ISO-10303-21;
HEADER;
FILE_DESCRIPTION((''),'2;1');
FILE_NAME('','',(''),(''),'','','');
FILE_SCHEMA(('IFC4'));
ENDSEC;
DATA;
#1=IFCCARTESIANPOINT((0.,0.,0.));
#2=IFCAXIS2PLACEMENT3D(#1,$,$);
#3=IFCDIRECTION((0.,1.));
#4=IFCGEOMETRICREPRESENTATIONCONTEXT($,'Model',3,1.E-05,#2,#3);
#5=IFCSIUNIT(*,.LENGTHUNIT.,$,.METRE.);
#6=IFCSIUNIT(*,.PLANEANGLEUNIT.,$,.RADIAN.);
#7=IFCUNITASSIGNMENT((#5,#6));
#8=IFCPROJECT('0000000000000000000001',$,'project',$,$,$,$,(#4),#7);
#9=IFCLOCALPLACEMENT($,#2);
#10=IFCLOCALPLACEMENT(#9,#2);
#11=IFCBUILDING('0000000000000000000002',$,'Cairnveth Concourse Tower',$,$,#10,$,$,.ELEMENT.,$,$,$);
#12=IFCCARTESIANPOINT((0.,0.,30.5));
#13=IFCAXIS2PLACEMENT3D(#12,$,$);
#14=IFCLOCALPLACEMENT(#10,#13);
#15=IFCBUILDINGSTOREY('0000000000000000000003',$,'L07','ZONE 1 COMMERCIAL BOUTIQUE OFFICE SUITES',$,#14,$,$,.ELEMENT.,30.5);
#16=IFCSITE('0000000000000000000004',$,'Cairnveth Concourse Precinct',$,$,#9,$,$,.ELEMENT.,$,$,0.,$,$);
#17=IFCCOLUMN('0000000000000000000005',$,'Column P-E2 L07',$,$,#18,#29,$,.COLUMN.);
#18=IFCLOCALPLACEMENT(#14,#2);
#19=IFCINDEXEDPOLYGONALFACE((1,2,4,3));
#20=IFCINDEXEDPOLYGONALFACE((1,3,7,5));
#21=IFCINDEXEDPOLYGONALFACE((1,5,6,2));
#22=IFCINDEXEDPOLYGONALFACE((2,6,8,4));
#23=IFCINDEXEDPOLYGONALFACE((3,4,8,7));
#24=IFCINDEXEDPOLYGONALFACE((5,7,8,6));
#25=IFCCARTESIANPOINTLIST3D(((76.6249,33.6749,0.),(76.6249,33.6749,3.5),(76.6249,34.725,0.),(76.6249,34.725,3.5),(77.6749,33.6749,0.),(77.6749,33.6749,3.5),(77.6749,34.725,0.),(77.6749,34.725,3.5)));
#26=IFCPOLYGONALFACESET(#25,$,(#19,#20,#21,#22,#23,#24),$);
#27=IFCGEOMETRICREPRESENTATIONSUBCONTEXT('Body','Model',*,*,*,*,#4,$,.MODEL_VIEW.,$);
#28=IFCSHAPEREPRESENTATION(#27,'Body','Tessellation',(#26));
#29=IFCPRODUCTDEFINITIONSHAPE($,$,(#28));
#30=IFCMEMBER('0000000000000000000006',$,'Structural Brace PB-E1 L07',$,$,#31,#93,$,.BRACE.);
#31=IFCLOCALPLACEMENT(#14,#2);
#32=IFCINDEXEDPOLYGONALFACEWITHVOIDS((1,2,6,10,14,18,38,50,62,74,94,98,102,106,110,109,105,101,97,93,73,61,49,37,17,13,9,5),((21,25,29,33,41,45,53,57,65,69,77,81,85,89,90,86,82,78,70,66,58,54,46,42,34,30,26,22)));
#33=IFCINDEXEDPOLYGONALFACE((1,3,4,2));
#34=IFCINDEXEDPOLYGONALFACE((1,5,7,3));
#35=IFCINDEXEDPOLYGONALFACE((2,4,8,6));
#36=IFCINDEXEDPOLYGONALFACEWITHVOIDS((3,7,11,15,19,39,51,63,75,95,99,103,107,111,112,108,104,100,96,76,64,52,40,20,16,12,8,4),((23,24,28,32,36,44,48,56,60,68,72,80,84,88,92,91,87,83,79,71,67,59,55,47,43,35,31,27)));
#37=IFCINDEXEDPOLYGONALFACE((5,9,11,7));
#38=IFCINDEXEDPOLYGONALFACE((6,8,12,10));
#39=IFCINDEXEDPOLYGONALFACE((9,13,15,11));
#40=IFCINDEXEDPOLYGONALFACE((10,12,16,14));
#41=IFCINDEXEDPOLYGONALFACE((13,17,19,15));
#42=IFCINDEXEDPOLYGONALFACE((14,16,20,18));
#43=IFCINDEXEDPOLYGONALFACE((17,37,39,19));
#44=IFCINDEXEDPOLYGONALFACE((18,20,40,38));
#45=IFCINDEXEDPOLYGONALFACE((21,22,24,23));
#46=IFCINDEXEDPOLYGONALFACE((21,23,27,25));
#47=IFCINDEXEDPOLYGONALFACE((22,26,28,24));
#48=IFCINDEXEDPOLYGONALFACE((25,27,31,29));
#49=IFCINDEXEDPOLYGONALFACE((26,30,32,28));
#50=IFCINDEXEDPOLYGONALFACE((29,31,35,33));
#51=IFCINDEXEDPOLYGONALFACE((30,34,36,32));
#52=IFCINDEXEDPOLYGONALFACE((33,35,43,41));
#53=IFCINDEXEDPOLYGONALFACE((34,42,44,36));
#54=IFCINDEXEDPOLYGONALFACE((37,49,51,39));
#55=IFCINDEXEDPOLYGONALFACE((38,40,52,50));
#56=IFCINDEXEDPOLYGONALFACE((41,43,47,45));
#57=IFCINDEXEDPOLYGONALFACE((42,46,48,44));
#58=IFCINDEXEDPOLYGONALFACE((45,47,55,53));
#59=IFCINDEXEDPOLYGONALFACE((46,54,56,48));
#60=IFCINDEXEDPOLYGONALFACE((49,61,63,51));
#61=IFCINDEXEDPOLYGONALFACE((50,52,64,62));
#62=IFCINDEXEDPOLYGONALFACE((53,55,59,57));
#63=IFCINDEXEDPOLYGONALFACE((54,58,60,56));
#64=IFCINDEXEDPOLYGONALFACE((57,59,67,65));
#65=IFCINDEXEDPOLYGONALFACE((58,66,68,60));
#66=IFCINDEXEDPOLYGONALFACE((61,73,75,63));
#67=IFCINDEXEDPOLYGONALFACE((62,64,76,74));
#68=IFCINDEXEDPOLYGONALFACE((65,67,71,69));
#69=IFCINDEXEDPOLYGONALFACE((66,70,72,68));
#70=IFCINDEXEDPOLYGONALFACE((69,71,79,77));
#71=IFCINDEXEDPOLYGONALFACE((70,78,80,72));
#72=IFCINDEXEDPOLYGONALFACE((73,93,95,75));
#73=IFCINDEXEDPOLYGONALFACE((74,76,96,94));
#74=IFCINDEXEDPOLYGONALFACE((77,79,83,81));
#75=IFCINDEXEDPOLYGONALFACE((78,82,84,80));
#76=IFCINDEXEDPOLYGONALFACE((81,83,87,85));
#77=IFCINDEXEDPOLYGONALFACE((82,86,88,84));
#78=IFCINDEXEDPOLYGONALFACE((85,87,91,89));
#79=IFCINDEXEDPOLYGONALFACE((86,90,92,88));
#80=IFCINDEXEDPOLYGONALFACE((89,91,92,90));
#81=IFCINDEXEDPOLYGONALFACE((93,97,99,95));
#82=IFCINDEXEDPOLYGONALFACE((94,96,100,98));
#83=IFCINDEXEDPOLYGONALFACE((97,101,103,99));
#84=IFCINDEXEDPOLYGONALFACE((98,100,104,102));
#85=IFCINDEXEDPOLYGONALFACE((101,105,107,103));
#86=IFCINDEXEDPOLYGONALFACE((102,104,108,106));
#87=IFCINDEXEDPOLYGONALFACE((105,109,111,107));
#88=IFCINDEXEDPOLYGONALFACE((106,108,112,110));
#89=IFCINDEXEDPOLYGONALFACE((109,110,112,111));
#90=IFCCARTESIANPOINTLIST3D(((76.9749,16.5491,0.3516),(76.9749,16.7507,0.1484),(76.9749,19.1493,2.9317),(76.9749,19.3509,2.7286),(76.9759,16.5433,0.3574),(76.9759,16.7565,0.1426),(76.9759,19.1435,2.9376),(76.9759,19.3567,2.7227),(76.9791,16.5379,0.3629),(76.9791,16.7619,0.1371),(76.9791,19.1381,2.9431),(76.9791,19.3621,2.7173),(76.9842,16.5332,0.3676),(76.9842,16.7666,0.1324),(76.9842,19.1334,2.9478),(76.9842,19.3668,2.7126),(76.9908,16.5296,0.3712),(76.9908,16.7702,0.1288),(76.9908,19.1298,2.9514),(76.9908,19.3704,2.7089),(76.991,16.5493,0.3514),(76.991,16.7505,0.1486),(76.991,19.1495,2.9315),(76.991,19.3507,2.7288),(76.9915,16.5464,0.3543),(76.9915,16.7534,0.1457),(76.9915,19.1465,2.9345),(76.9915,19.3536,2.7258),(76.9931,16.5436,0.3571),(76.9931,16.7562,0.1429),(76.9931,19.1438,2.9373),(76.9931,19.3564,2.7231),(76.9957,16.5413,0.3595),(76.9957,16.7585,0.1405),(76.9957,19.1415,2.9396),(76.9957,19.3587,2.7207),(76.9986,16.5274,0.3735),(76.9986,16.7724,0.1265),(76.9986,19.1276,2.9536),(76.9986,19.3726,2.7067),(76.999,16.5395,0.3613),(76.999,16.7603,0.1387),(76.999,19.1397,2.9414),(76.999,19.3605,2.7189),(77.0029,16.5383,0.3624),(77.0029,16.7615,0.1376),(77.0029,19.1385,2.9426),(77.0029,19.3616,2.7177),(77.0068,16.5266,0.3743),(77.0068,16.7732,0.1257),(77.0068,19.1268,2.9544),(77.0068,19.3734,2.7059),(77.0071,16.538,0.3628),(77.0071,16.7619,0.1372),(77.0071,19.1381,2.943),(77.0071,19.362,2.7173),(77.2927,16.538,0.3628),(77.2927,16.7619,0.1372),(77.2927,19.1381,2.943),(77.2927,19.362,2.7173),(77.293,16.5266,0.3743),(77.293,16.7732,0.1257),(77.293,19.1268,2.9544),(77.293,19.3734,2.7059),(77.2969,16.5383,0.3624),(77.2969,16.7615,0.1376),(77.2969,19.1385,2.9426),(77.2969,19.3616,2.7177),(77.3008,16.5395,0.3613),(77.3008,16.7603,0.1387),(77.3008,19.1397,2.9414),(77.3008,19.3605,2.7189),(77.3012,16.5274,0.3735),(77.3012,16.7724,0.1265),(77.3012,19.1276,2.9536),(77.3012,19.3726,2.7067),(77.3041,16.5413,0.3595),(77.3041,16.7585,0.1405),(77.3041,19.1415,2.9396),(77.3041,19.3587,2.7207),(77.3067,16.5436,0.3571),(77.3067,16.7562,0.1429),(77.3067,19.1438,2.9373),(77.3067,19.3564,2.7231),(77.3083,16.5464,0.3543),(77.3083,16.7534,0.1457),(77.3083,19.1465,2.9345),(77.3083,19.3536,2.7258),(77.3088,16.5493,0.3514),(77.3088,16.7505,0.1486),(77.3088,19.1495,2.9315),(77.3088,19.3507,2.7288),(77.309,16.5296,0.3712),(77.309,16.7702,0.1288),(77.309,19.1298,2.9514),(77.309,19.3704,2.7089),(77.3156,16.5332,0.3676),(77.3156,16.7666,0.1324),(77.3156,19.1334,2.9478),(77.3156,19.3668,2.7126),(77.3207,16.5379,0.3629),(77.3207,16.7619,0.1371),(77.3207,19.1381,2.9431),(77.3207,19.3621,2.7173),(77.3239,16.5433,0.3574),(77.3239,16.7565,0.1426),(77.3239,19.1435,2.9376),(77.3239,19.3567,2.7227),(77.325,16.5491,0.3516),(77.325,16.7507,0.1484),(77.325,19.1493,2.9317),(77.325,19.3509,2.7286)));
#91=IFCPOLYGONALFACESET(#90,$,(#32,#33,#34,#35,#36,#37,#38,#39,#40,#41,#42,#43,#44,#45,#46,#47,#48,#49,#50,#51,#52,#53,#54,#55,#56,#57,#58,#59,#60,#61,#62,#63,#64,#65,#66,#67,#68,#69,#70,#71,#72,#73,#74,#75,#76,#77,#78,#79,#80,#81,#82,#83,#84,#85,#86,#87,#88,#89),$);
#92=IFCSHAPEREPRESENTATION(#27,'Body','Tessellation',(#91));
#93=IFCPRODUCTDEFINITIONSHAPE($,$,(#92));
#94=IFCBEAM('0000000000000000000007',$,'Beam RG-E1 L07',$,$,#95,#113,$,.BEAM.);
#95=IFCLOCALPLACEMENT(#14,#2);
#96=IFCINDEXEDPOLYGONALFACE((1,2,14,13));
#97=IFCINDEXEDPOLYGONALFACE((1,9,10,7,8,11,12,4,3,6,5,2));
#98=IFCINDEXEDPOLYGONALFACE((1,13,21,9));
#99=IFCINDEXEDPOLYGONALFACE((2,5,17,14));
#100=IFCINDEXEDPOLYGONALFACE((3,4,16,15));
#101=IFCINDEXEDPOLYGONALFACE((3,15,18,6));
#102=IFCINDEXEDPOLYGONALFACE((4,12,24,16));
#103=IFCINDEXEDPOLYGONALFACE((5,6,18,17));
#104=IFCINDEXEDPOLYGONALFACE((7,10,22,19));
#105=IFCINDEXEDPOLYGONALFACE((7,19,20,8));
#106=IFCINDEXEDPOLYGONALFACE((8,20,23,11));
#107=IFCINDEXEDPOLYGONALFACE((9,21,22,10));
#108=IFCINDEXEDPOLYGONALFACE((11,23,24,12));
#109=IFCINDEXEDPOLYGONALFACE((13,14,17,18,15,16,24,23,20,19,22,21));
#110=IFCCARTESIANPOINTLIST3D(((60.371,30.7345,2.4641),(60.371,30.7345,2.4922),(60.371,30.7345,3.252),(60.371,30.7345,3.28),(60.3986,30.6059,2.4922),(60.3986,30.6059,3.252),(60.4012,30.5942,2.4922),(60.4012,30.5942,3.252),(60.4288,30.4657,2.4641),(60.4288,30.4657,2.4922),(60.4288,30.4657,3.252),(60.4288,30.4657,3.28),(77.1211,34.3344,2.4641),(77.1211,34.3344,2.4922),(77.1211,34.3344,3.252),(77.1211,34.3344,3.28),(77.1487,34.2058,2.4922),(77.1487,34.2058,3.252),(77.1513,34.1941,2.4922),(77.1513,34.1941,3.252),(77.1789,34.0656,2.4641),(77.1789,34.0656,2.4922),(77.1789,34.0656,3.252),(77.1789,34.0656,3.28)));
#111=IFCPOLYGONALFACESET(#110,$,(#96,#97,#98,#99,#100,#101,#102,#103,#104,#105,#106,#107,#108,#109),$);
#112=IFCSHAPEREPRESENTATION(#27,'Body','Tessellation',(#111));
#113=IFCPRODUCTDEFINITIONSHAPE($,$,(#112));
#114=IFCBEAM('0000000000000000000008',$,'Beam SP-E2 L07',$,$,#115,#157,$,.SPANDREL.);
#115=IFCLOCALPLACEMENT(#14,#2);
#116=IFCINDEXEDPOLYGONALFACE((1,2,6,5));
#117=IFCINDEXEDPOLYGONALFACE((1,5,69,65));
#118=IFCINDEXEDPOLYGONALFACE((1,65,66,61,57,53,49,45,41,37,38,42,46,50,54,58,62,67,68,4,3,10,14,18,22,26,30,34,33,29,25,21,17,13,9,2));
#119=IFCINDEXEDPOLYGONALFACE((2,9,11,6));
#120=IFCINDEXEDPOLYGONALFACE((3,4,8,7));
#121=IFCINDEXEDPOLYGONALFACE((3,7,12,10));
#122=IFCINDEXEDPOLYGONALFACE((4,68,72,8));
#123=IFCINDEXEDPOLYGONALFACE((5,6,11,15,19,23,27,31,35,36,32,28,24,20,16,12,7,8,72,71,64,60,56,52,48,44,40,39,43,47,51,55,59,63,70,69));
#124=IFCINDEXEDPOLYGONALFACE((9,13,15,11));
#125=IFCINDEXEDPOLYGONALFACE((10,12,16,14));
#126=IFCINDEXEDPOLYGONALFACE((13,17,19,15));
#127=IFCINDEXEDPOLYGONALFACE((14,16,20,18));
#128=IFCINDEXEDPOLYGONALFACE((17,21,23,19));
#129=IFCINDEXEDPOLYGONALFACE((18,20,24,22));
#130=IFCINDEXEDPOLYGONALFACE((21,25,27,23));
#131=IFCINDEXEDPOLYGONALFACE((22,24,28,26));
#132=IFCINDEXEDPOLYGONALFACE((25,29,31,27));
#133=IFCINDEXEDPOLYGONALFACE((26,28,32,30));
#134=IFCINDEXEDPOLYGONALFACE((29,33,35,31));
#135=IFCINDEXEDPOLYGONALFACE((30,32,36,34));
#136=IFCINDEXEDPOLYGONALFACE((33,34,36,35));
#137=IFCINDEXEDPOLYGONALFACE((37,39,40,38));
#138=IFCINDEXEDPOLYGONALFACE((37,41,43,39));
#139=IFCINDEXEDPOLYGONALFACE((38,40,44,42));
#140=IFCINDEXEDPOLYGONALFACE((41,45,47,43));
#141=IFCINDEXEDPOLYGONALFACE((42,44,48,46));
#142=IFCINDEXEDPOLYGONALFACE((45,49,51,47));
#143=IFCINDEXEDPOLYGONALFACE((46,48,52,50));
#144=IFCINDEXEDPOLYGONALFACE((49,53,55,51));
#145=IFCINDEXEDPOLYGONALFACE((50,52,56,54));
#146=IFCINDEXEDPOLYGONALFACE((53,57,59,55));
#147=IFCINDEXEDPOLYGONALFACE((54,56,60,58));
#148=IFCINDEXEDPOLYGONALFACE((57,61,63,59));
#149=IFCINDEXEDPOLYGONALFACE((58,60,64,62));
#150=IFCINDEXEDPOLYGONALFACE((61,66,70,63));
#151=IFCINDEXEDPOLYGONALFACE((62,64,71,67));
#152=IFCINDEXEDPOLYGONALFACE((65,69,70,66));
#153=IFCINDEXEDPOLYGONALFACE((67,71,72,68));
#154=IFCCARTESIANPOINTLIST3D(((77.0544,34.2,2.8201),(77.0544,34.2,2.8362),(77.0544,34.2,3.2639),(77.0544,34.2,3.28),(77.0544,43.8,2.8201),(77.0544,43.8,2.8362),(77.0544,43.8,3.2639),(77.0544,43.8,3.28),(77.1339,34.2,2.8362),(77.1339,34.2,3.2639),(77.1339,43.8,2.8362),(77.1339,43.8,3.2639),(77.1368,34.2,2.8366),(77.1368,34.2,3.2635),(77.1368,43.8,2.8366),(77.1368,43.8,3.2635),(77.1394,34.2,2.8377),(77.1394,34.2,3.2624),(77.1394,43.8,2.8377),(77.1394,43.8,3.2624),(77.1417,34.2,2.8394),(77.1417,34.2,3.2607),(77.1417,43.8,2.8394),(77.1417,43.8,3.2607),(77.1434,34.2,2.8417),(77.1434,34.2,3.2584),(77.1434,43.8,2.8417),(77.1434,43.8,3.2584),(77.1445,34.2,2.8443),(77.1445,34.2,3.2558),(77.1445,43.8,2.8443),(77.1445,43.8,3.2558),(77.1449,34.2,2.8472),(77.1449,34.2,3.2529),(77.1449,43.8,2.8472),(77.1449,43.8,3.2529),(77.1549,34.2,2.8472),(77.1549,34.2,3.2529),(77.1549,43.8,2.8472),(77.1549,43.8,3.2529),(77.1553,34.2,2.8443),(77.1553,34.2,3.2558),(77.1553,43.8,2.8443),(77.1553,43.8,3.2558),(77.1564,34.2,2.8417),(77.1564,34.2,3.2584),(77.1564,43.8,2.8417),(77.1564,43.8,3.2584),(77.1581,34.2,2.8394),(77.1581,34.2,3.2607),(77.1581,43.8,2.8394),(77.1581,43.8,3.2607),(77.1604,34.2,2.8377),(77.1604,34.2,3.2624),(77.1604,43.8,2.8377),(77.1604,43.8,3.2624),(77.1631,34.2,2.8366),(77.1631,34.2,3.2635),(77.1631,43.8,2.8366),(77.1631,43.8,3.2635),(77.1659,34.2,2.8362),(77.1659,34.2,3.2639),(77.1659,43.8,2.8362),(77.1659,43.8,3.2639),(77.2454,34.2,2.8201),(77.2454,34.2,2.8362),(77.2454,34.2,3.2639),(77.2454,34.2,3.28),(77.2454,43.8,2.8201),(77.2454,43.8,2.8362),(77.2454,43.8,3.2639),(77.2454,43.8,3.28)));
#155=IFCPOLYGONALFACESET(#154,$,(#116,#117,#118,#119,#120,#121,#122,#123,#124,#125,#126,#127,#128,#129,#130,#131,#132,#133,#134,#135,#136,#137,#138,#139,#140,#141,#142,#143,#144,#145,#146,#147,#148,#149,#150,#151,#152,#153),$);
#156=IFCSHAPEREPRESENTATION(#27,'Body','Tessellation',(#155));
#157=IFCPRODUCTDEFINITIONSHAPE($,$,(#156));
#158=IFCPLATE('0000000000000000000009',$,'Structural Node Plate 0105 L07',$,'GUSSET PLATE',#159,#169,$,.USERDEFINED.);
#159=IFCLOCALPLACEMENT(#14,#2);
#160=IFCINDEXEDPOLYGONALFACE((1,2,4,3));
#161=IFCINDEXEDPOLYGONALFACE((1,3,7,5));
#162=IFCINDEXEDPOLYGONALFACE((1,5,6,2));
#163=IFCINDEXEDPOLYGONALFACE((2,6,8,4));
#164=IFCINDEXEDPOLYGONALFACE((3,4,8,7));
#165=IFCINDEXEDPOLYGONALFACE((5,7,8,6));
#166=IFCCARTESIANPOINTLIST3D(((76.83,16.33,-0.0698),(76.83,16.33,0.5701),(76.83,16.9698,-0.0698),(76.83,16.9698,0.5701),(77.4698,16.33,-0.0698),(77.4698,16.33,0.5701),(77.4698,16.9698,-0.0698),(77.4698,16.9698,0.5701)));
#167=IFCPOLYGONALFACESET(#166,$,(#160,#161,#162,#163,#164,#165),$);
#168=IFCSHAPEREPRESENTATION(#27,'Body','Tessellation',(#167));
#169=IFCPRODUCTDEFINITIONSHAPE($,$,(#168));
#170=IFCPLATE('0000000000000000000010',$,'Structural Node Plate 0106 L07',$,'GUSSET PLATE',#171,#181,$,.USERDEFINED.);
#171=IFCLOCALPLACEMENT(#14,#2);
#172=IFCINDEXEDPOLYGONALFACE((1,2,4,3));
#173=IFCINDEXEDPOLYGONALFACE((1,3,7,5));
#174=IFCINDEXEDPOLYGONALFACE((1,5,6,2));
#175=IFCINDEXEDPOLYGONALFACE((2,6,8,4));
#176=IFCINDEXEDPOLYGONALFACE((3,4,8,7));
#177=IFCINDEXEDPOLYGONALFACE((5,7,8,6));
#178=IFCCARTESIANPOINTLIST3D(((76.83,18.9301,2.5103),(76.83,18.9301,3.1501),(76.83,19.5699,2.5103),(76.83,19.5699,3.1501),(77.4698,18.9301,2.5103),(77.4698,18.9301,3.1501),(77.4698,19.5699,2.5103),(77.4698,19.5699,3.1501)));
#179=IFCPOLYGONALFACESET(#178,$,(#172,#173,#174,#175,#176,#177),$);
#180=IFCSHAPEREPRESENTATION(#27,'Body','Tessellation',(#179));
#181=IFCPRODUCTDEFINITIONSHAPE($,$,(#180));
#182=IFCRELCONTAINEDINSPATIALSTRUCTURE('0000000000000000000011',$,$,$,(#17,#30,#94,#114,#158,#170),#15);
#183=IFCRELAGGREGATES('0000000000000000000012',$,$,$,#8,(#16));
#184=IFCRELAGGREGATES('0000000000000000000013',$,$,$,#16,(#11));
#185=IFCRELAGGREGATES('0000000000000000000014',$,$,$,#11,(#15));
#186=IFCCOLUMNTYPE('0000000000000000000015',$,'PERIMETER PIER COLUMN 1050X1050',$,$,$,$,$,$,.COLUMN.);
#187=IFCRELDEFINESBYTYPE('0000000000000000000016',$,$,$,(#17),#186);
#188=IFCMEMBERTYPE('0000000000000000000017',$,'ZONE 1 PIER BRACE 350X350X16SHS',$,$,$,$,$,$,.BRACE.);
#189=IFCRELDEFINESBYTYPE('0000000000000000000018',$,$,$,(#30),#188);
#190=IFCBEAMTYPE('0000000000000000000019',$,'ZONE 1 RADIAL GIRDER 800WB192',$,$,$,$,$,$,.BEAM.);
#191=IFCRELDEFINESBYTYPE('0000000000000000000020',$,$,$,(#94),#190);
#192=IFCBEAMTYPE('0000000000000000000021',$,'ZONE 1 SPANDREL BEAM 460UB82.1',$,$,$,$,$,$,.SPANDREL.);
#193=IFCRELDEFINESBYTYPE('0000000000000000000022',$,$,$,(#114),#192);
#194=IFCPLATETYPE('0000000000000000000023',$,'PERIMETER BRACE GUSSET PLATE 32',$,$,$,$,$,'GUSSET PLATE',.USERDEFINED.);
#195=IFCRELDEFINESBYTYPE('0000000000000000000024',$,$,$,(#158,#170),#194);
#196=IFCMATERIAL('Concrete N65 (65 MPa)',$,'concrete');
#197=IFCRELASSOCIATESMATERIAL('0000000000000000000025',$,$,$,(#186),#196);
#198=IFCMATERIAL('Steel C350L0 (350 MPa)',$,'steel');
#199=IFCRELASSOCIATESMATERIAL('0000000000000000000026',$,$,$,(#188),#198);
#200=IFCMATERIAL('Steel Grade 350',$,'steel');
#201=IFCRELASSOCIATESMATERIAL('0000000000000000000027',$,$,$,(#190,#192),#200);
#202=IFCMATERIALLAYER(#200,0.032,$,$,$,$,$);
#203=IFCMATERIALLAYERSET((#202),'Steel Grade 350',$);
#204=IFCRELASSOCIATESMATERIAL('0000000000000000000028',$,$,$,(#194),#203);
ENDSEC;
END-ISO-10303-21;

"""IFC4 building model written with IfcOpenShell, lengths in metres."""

from ifc_helpers import new_model, si_unit, direction, frame, origin, origin_2d, place, context, subcontext, project, spatial, rectangle, hollow_rectangle, i_section, extrude, material, layer, layer_set, material_profile, profile_set, type_object, element, save


model = new_model("IFC4")

# Units and contexts
model_context = context("Model", 3, precision=1e-05, world=origin(), true_north=direction((0.0, 1.0)))
body_context = subcontext(model_context, "Body", "Model", "MODEL_VIEW")
ifc_project = project(units=[si_unit("LENGTHUNIT", "METRE"), si_unit("PLANEANGLEUNIT", "RADIAN")], contexts=[model_context])

# Site, building, storey
site_placement = place(None, origin())
site = spatial("IfcSite", under=ifc_project, at=site_placement, Name="Cairnveth Concourse Precinct", CompositionType="ELEMENT", RefElevation=0.0)
building_placement = place(site_placement, origin())
building = spatial("IfcBuilding", under=site, at=building_placement, Name="Cairnveth Concourse Tower", CompositionType="ELEMENT")
storey_placement = place(building_placement, frame((0.0, 0.0, 30.5)))
storey = spatial("IfcBuildingStorey", under=building, at=storey_placement, Name="L07", Description="ZONE 1 COMMERCIAL BOUTIQUE OFFICE SUITES", CompositionType="ELEMENT", Elevation=30.5)

# Column
ifc_material_1 = material(Name="Concrete N65 (65 MPa)", Category="concrete")
ifc_material_profile_1 = material_profile(ifc_material_1, rectangle(XDim=1.05, YDim=1.05, at=origin_2d()), Name="RC-COL-1050x1050")
ifc_profile_set_1 = profile_set([ifc_material_profile_1], Name="Concrete N65 (65 MPa)")
column_type = type_object("IfcColumnType", Name="PERIMETER PIER COLUMN 1050X1050", PredefinedType="COLUMN", material=ifc_profile_set_1)
column_placement = place(storey_placement, frame((77.1499, 34.2, 0.0), z_axis=(0.0, 0.0, 1.0), x_axis=(0.0, 1.0, 0.0)))
element("IfcColumn", 1, at=column_placement, inside=storey, type_object=column_type, Name="Column P-E2 L07", PredefinedType="COLUMN", context=body_context, shape_type="SweptSolid", body=[
    extrude(rectangle(XDim=1.05, YDim=1.05, at=origin_2d()), origin(), (0.0, 0.0, 1.0), 3.5),
])

# Member
ifc_material_2 = material(Name="Steel C350L0 (350 MPa)", Category="steel")
ifc_material_profile_2 = material_profile(ifc_material_2, hollow_rectangle(XDim=0.3501, YDim=0.3501, WallThickness=0.0161, InnerFilletRadius=0.0161, OuterFilletRadius=0.032, at=origin_2d()), Name="350x350x16.0SHS")
ifc_profile_set_2 = profile_set([ifc_material_profile_2], Name="Steel C350L0 (350 MPa)")
member_type = type_object("IfcMemberType", Name="ZONE 1 PIER BRACE 350X350X16SHS", PredefinedType="BRACE", material=ifc_profile_set_2)
member_placement = place(storey_placement, frame((77.1499, 16.6499, 0.25), z_axis=(0.0, 0.709834, 0.704369), x_axis=(-1.0, 0.0, 0.0)))
element("IfcMember", 2, at=member_placement, inside=storey, type_object=member_type, Name="Structural Brace PB-E1 L07", PredefinedType="BRACE", context=body_context, shape_type="SweptSolid", body=[
    extrude(hollow_rectangle(XDim=0.3501, YDim=0.3501, WallThickness=0.0161, InnerFilletRadius=0.0161, OuterFilletRadius=0.032, at=origin_2d()), origin(), (0.0, 0.0, 1.0), 3.6631),
])

# Beams
ifc_material_3 = material(Name="Steel Grade 350", Category="steel")
ifc_material_profile_3 = material_profile(ifc_material_3, i_section(OverallWidth=0.2749, OverallDepth=0.8159, WebThickness=0.012, FlangeThickness=0.0281, at=origin_2d()), Name="800WB192")
ifc_profile_set_3 = profile_set([ifc_material_profile_3], Name="Steel Grade 350")
beam_type_1 = type_object("IfcBeamType", Name="ZONE 1 RADIAL GIRDER 800WB192", PredefinedType="BEAM", material=ifc_profile_set_3)
beam_1_placement = place(storey_placement, frame((60.3999, 30.6001, 2.8721), z_axis=(0.977676, 0.210119, 0.0), x_axis=(-0.210119, 0.977676, 0.0)))
element("IfcBeam", 3, at=beam_1_placement, inside=storey, type_object=beam_type_1, Name="Beam RG-E1 L07", PredefinedType="BEAM", context=body_context, shape_type="SweptSolid", body=[
    extrude(i_section(OverallWidth=0.2749, OverallDepth=0.8159, WebThickness=0.012, FlangeThickness=0.0281, at=origin_2d()), origin(), (0.0, 0.0, 1.0), 17.1326),
])
ifc_material_profile_4 = material_profile(ifc_material_3, i_section(OverallWidth=0.1909, OverallDepth=0.46, WebThickness=0.01, FlangeThickness=0.0161, FilletRadius=0.011, at=origin_2d()), Name="460UB82.1")
ifc_profile_set_4 = profile_set([ifc_material_profile_4], Name="Steel Grade 350")
beam_type_2 = type_object("IfcBeamType", Name="ZONE 1 SPANDREL BEAM 460UB82.1", PredefinedType="SPANDREL", material=ifc_profile_set_4)
beam_2_placement = place(storey_placement, frame((77.1499, 34.2, 3.05), z_axis=(0.0, 1.0, 0.0), x_axis=(-1.0, 0.0, 0.0)))
element("IfcBeam", 4, at=beam_2_placement, inside=storey, type_object=beam_type_2, Name="Beam SP-E2 L07", PredefinedType="SPANDREL", context=body_context, shape_type="SweptSolid", body=[
    extrude(i_section(OverallWidth=0.1909, OverallDepth=0.46, WebThickness=0.01, FlangeThickness=0.0161, FilletRadius=0.011, at=origin_2d()), origin(), (0.0, 0.0, 1.0), 9.6001),
])

# Plates
ifc_layer_1 = layer(ifc_material_3, 0.032)
ifc_layer_set_1 = layer_set([ifc_layer_1], Name="Steel Grade 350")
plate_type = type_object("IfcPlateType", Name="PERIMETER BRACE GUSSET PLATE 32", ElementType="GUSSET PLATE", PredefinedType="USERDEFINED", material=ifc_layer_set_1)
for number, where, z_axis, x_axis, name in (
    (5, (77.1499, 16.6499, -0.0698), (0.0, 0.0, 1.0), (1.0, 0.0, 0.0), "Structural Node Plate 0105 L07"),
    (6, (77.1499, 19.25, 2.5103), (0.0, 0.0, 1.0), (1.0, 0.0, 0.0), "Structural Node Plate 0106 L07"),
):
    element("IfcPlate", number, at=place(storey_placement, frame(where, z_axis=z_axis, x_axis=x_axis)), inside=storey, type_object=plate_type, Name=name, ObjectType="GUSSET PLATE", PredefinedType="USERDEFINED", context=body_context, shape_type="SweptSolid", body=[
        extrude(rectangle(XDim=0.6399, YDim=0.6399, at=origin_2d()), origin(), (0.0, 0.0, 1.0), 0.6399),
    ])

save(model, "model.ifc")
